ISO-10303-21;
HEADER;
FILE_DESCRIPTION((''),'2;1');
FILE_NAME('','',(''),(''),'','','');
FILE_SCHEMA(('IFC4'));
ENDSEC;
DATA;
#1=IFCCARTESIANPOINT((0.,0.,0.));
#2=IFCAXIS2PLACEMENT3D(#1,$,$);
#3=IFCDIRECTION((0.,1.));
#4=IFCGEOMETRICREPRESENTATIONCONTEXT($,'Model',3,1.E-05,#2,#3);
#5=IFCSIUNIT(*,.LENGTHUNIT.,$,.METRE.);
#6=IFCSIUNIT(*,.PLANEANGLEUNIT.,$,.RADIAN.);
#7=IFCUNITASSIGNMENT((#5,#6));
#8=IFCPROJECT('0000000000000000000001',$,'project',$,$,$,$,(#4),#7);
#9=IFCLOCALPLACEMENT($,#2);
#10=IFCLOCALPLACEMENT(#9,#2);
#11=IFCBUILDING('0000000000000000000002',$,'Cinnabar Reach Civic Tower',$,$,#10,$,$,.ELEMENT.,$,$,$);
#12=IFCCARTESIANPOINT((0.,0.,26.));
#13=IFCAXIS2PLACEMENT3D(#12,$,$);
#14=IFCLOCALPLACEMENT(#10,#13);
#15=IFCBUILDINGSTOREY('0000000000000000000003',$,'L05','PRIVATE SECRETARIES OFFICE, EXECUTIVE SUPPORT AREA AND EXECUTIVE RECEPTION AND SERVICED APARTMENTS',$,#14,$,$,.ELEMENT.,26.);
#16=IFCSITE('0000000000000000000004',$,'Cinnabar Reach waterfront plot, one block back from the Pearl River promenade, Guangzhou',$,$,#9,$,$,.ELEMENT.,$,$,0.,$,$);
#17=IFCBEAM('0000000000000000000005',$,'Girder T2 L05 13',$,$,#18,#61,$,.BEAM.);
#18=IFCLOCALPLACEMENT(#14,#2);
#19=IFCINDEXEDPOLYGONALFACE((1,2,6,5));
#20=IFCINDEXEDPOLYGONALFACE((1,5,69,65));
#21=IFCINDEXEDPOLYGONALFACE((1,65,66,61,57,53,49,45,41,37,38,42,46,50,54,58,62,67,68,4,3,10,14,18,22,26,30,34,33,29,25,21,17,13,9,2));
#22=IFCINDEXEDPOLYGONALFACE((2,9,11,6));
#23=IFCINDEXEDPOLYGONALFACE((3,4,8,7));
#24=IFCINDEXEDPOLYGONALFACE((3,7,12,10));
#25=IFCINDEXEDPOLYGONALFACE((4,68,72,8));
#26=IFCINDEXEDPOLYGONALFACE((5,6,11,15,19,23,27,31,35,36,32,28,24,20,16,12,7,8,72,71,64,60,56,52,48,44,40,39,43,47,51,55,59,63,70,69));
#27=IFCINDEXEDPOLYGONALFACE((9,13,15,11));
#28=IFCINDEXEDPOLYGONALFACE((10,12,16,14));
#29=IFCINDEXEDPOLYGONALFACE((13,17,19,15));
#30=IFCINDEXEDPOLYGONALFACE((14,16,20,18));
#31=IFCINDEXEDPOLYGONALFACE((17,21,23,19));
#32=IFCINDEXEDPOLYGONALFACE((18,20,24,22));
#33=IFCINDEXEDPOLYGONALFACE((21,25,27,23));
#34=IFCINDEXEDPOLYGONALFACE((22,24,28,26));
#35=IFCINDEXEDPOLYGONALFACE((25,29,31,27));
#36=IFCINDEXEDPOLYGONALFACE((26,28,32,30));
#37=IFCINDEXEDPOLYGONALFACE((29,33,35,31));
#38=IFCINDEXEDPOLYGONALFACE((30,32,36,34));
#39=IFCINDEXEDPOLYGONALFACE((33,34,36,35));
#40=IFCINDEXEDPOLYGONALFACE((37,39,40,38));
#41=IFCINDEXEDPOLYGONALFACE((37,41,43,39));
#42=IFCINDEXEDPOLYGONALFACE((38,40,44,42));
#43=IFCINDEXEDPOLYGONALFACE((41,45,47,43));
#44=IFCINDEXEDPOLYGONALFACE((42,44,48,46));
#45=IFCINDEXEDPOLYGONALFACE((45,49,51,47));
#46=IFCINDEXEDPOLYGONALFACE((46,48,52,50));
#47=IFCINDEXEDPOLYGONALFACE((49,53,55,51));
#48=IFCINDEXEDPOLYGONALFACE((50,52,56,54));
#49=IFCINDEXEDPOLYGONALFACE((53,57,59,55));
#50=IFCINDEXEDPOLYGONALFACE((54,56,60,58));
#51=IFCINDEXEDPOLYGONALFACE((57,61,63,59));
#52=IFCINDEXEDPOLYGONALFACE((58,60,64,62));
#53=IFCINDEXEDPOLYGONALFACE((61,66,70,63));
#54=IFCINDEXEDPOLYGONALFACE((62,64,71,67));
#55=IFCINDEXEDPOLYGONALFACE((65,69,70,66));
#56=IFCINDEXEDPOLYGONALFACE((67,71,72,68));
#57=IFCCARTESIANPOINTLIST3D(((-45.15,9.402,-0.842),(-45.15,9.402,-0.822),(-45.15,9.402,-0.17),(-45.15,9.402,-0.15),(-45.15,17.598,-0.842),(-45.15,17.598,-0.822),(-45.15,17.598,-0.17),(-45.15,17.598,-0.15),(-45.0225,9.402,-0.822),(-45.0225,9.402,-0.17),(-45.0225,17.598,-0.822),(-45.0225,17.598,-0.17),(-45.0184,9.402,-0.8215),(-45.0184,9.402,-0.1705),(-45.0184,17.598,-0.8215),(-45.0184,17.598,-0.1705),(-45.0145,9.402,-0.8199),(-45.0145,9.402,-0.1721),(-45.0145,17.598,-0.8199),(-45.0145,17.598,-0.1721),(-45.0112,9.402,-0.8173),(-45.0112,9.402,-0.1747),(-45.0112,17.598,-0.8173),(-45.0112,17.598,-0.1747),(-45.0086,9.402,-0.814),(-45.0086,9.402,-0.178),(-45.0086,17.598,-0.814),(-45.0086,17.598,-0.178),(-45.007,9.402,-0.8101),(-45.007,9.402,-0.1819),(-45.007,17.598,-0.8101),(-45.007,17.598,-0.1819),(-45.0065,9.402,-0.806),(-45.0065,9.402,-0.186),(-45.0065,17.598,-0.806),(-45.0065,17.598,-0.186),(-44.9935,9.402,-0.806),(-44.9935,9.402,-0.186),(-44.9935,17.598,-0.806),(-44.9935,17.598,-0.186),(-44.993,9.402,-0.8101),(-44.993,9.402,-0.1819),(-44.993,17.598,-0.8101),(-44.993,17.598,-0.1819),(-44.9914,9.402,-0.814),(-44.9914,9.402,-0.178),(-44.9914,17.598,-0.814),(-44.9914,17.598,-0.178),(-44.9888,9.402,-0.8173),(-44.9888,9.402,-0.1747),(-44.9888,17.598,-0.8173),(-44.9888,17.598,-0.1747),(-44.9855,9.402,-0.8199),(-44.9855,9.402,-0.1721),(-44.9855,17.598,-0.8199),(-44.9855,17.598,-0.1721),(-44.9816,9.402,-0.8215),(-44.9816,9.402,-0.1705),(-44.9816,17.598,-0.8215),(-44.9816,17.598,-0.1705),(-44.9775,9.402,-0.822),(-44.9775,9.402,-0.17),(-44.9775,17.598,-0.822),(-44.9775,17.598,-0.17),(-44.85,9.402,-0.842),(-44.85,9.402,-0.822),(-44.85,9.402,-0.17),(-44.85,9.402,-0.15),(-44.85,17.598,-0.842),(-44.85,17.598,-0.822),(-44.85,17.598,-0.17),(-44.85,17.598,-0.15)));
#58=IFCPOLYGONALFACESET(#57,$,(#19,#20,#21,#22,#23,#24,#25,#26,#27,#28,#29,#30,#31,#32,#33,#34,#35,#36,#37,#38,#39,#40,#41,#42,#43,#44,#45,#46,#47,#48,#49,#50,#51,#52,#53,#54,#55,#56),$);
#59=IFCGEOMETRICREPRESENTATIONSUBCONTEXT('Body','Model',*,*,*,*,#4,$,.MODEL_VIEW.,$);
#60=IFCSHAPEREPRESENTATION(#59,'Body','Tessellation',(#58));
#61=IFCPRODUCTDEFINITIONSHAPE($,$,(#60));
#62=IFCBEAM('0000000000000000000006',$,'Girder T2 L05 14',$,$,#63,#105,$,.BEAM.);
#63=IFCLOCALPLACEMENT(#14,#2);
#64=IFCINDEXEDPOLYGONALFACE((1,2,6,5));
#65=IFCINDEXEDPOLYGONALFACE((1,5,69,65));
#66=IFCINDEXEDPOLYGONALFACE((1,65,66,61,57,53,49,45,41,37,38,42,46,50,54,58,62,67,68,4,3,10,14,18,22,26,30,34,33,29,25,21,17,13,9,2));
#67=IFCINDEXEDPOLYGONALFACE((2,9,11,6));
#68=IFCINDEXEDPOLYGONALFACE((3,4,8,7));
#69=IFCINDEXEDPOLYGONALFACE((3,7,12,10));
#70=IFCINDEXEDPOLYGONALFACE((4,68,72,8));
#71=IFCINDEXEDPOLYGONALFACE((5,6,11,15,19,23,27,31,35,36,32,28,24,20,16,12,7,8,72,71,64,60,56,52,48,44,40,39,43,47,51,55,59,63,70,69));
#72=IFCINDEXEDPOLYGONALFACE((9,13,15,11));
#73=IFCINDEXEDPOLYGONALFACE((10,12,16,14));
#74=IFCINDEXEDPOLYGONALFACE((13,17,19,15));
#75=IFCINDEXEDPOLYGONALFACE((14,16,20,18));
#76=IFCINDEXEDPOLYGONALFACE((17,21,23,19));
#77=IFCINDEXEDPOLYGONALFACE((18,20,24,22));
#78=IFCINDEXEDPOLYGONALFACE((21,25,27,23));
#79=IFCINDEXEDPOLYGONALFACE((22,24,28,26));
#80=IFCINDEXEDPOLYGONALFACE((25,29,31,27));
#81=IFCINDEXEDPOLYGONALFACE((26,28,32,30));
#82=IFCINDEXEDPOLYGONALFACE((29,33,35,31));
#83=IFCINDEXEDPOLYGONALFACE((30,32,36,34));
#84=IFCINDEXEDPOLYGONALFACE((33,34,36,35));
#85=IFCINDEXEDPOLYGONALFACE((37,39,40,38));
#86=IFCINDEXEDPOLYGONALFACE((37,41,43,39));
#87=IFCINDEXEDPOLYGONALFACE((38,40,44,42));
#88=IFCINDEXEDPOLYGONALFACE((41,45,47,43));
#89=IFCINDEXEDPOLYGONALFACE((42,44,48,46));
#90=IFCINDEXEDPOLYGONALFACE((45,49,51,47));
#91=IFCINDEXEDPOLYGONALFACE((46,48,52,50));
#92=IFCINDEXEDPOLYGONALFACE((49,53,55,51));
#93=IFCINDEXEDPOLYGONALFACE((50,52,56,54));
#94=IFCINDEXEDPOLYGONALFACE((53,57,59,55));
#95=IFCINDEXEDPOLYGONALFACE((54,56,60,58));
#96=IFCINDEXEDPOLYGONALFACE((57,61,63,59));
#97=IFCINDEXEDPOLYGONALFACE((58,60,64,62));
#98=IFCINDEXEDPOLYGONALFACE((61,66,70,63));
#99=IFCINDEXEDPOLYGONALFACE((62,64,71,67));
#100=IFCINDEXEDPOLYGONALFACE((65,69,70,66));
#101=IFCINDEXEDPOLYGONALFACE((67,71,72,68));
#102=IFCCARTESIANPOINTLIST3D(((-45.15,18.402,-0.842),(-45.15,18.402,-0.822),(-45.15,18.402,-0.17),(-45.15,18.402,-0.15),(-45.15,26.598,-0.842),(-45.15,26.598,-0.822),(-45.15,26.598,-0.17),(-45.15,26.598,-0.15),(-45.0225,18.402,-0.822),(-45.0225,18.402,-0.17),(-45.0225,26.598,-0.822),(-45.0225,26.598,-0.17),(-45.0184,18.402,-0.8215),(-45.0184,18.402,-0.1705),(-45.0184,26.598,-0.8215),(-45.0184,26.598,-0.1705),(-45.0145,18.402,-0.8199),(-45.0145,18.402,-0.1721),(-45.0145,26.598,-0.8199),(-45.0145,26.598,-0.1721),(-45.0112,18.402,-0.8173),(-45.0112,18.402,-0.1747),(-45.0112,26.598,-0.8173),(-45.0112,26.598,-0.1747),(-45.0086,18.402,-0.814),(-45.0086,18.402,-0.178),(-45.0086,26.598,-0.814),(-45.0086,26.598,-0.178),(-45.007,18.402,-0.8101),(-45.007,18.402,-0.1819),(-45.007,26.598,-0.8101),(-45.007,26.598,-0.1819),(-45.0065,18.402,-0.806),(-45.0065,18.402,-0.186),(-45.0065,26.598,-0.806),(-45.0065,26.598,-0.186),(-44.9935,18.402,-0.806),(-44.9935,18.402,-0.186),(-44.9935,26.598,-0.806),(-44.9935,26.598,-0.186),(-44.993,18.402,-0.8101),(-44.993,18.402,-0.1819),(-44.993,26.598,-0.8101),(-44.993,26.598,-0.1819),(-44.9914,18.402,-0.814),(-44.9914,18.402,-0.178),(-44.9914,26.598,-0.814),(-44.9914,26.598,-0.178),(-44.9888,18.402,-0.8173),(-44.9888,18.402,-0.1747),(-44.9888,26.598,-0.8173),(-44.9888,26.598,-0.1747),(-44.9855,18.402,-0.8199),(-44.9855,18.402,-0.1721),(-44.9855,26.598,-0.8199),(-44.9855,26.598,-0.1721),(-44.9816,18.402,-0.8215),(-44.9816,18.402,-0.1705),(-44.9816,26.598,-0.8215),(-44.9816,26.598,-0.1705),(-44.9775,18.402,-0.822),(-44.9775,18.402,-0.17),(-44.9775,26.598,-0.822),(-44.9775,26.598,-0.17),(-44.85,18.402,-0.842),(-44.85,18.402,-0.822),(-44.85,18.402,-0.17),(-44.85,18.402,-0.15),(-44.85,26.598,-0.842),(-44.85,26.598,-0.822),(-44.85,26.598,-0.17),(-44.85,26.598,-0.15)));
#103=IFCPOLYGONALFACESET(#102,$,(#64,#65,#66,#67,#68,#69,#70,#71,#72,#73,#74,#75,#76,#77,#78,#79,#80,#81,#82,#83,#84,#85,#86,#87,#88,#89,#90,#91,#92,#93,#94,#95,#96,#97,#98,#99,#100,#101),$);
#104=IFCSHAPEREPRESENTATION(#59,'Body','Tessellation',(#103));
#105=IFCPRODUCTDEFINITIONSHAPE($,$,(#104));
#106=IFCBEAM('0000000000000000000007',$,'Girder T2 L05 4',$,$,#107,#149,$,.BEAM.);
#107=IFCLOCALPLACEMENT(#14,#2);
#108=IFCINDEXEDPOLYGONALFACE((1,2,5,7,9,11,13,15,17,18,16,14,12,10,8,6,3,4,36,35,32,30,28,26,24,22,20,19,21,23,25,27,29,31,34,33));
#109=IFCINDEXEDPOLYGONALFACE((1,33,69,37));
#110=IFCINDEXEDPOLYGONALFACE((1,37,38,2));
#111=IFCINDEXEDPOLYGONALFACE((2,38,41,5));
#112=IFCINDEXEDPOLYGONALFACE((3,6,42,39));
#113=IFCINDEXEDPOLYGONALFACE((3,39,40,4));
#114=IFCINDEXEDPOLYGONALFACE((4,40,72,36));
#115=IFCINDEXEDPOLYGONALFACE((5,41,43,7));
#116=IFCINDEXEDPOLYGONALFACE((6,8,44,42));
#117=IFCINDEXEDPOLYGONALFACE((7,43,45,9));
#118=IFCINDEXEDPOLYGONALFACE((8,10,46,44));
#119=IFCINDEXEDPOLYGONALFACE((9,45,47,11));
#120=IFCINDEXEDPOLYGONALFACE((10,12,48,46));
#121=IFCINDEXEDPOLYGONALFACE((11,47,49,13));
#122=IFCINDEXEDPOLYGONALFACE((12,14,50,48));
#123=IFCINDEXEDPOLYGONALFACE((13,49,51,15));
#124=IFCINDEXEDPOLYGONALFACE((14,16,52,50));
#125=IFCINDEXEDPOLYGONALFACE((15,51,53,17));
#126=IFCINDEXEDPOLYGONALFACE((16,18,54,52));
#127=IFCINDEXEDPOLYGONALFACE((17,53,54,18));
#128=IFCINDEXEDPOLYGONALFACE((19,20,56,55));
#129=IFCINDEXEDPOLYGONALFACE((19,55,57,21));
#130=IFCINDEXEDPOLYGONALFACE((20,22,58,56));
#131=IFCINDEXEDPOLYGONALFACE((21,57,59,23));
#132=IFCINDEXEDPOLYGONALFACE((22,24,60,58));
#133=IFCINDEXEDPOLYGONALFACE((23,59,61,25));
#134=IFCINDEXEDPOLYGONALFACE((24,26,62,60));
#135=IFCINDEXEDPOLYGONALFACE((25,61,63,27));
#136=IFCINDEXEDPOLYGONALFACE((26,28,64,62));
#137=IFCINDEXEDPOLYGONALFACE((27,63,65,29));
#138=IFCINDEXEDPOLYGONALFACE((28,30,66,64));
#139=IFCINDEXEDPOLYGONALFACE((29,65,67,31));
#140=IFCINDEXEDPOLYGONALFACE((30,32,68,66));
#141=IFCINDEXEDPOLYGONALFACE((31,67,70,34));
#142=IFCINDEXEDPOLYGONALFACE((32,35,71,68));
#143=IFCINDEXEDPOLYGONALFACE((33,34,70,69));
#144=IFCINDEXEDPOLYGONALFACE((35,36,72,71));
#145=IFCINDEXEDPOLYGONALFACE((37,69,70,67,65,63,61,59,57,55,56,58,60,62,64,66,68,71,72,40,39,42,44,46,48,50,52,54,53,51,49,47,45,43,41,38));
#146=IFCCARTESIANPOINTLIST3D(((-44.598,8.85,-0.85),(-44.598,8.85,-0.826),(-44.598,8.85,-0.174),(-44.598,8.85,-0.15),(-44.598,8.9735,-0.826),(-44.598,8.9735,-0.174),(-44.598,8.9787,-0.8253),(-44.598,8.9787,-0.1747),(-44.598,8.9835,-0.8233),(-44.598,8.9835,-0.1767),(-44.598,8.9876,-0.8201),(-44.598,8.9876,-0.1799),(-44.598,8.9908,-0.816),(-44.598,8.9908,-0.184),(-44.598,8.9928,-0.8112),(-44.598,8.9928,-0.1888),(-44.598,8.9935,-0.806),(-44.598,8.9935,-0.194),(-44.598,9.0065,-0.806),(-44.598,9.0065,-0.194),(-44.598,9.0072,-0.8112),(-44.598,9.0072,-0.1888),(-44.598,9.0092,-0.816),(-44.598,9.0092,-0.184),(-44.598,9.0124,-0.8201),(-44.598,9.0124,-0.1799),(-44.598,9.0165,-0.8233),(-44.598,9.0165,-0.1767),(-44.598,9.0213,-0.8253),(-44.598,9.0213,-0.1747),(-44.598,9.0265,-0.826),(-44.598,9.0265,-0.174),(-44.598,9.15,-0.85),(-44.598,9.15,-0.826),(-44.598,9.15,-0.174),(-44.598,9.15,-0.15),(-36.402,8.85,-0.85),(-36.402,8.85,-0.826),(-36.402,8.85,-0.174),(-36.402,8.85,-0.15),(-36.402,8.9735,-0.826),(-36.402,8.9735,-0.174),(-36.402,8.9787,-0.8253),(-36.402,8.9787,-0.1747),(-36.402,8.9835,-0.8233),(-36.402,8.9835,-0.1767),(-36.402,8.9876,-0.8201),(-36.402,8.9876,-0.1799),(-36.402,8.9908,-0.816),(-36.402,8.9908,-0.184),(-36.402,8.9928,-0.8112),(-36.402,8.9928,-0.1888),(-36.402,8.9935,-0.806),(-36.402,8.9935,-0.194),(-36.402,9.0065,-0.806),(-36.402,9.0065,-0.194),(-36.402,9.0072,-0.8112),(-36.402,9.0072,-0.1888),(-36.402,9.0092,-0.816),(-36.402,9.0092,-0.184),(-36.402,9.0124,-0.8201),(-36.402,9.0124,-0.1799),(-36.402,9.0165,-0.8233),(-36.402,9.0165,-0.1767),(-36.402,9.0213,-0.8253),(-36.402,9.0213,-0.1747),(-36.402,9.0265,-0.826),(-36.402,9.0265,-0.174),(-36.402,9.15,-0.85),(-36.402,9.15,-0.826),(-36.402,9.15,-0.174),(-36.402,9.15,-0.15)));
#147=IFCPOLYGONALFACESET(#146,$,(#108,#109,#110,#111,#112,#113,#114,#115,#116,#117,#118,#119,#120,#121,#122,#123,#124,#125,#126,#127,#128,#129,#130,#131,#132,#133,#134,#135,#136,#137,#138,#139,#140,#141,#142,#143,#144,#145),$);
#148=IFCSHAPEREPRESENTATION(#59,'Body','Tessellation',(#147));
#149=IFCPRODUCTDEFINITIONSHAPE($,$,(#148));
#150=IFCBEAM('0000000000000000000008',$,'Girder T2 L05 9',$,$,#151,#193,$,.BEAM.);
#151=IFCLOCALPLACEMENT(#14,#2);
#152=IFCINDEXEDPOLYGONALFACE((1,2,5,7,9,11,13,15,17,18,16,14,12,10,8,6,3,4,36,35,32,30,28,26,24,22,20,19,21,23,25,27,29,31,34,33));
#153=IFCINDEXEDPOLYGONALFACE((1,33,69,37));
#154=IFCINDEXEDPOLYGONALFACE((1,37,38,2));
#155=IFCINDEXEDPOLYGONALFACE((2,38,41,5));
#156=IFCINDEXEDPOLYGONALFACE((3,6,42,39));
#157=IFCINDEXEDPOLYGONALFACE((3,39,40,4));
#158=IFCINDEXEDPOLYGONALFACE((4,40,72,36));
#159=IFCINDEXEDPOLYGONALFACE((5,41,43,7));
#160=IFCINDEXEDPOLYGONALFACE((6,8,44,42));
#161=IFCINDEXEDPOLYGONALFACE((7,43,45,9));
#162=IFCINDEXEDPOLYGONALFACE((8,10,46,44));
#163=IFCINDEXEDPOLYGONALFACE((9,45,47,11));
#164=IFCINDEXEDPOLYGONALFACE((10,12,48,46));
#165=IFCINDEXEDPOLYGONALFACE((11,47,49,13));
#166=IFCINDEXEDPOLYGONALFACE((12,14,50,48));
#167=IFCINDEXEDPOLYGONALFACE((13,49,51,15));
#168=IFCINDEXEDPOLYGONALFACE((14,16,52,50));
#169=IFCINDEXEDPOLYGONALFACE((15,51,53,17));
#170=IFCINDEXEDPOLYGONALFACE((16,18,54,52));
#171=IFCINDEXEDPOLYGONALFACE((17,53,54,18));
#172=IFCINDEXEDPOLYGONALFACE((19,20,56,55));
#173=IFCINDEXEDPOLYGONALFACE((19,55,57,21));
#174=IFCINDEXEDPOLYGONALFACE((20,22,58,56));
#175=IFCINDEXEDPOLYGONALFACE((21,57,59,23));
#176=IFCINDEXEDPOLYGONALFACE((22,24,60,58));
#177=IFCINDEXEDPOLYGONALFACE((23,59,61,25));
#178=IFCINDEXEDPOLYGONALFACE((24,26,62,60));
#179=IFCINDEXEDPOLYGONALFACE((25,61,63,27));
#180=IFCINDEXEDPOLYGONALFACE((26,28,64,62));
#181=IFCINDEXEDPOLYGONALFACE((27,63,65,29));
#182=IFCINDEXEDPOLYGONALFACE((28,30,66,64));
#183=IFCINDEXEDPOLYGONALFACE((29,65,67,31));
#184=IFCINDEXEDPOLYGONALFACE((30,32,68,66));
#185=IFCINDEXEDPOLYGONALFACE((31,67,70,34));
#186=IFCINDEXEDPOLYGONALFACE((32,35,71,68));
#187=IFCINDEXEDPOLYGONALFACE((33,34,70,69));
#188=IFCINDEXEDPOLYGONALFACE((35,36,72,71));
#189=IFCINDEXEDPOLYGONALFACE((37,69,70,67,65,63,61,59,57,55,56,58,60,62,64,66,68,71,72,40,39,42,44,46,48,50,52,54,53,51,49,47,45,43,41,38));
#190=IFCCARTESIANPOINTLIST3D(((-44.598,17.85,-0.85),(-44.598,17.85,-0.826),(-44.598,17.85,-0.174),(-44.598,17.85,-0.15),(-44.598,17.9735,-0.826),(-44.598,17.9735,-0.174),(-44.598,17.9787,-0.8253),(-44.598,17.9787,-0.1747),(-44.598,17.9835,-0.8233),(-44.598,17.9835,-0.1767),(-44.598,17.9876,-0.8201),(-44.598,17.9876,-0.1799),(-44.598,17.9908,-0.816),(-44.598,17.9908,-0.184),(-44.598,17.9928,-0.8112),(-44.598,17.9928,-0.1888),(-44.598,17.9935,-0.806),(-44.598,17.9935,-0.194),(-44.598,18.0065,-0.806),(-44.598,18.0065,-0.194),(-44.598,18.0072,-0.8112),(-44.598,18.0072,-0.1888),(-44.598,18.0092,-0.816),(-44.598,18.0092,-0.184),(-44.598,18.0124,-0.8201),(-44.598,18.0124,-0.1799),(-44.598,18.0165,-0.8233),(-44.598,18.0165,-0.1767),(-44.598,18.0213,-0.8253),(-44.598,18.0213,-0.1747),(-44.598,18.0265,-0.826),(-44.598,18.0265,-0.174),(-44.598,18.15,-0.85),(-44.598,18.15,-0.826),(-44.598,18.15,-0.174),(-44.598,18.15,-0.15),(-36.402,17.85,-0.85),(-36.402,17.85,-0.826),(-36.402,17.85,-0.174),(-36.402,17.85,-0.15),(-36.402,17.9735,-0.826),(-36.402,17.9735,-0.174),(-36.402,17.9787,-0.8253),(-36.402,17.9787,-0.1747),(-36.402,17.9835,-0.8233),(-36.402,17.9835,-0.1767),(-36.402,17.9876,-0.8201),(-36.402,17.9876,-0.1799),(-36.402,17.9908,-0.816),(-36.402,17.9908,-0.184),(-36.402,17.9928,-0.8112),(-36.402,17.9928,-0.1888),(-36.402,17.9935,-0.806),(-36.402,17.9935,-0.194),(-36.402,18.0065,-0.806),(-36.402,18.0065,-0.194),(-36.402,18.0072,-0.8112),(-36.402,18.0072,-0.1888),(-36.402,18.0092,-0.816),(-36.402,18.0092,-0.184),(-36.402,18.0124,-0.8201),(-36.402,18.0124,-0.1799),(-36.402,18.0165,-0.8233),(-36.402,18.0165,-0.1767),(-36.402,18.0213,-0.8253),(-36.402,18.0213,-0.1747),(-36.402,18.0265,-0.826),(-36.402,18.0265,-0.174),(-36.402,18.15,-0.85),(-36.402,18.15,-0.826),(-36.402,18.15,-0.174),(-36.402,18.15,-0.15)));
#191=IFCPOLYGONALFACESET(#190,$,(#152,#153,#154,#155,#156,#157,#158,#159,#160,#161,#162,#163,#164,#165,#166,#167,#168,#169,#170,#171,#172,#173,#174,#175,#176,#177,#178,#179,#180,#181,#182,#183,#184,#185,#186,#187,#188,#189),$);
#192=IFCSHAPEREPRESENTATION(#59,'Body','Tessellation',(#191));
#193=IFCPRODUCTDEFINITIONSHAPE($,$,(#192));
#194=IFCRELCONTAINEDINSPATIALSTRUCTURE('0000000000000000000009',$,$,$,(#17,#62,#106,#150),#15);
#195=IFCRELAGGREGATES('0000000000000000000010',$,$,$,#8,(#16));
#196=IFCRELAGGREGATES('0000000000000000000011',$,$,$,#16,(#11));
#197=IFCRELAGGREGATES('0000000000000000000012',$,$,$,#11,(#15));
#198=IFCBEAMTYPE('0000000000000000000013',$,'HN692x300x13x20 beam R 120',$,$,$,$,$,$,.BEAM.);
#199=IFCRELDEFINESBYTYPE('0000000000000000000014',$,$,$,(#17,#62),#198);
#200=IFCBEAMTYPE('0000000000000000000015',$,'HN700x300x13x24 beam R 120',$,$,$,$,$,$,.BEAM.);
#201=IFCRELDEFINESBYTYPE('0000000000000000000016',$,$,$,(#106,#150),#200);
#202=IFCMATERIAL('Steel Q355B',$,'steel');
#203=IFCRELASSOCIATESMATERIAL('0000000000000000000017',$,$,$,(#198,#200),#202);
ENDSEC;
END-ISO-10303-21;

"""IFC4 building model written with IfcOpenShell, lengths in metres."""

from ifc_helpers import new_model, si_unit, direction, frame, origin, origin_2d, place, context, subcontext, project, spatial, i_section, extrude, material, material_profile, profile_set, type_object, element, save


model = new_model("IFC4")

# Units and contexts
model_context = context("Model", 3, precision=1e-05, world=origin(), true_north=direction((0.0, 1.0)))
body_context = subcontext(model_context, "Body", "Model", "MODEL_VIEW")
ifc_project = project(units=[si_unit("LENGTHUNIT", "METRE"), si_unit("PLANEANGLEUNIT", "RADIAN")], contexts=[model_context])

# Site, building, storey
site_placement = place(None, origin())
site = spatial("IfcSite", under=ifc_project, at=site_placement, Name="Cinnabar Reach waterfront plot, one block back from the Pearl River promenade, Guangzhou", CompositionType="ELEMENT", RefElevation=0.0)
building_placement = place(site_placement, origin())
building = spatial("IfcBuilding", under=site, at=building_placement, Name="Cinnabar Reach Civic Tower", CompositionType="ELEMENT")
storey_placement = place(building_placement, frame((0.0, 0.0, 26.0)))
storey = spatial("IfcBuildingStorey", under=building, at=storey_placement, Name="L05", Description="PRIVATE SECRETARIES OFFICE, EXECUTIVE SUPPORT AREA AND EXECUTIVE RECEPTION AND SERVICED APARTMENTS", CompositionType="ELEMENT", Elevation=26.0)

# Beams
ifc_material_1 = material(Name="Steel Q355B", Category="steel")
ifc_material_profile_1 = material_profile(ifc_material_1, i_section(OverallWidth=0.3, OverallDepth=0.692, WebThickness=0.013, FlangeThickness=0.02, FilletRadius=0.016, at=origin_2d()), Name="HN692x300x13x20")
ifc_profile_set_1 = profile_set([ifc_material_profile_1], Name="Steel Q355B")
beam_type_1 = type_object("IfcBeamType", Name="HN692x300x13x20 beam R 120", PredefinedType="BEAM", material=ifc_profile_set_1)
for number, where, z_axis, x_axis, name in (
    (1, (-45.0, 9.402, -0.496), (0.0, 1.0, 0.0), (-1.0, 0.0, 0.0), "Girder T2 L05 13"),
    (2, (-45.0, 18.402, -0.496), (0.0, 1.0, 0.0), (-1.0, 0.0, 0.0), "Girder T2 L05 14"),
):
    element("IfcBeam", number, at=place(storey_placement, frame(where, z_axis=z_axis, x_axis=x_axis)), inside=storey, type_object=beam_type_1, Name=name, PredefinedType="BEAM", context=body_context, shape_type="SweptSolid", body=[
        extrude(i_section(OverallWidth=0.3, OverallDepth=0.692, WebThickness=0.013, FlangeThickness=0.02, FilletRadius=0.016, at=origin_2d()), origin(), (0.0, 0.0, 1.0), 8.196),
    ])
ifc_material_profile_2 = material_profile(ifc_material_1, i_section(OverallWidth=0.3, OverallDepth=0.7, WebThickness=0.013, FlangeThickness=0.024, FilletRadius=0.02, at=origin_2d()), Name="HN700x300x13x24")
ifc_profile_set_2 = profile_set([ifc_material_profile_2], Name="Steel Q355B")
beam_type_2 = type_object("IfcBeamType", Name="HN700x300x13x24 beam R 120", PredefinedType="BEAM", material=ifc_profile_set_2)
for number, where, z_axis, x_axis, name in (
    (3, (-44.598, 9.0, -0.5), (1.0, 0.0, 0.0), (0.0, 1.0, 0.0), "Girder T2 L05 4"),
    (4, (-44.598, 18.0, -0.5), (1.0, 0.0, 0.0), (0.0, 1.0, 0.0), "Girder T2 L05 9"),
):
    element("IfcBeam", number, at=place(storey_placement, frame(where, z_axis=z_axis, x_axis=x_axis)), inside=storey, type_object=beam_type_2, Name=name, PredefinedType="BEAM", context=body_context, shape_type="SweptSolid", body=[
        extrude(i_section(OverallWidth=0.3, OverallDepth=0.7, WebThickness=0.013, FlangeThickness=0.024, FilletRadius=0.02, at=origin_2d()), origin(), (0.0, 0.0, 1.0), 8.196),
    ])

save(model, "model.ifc")
